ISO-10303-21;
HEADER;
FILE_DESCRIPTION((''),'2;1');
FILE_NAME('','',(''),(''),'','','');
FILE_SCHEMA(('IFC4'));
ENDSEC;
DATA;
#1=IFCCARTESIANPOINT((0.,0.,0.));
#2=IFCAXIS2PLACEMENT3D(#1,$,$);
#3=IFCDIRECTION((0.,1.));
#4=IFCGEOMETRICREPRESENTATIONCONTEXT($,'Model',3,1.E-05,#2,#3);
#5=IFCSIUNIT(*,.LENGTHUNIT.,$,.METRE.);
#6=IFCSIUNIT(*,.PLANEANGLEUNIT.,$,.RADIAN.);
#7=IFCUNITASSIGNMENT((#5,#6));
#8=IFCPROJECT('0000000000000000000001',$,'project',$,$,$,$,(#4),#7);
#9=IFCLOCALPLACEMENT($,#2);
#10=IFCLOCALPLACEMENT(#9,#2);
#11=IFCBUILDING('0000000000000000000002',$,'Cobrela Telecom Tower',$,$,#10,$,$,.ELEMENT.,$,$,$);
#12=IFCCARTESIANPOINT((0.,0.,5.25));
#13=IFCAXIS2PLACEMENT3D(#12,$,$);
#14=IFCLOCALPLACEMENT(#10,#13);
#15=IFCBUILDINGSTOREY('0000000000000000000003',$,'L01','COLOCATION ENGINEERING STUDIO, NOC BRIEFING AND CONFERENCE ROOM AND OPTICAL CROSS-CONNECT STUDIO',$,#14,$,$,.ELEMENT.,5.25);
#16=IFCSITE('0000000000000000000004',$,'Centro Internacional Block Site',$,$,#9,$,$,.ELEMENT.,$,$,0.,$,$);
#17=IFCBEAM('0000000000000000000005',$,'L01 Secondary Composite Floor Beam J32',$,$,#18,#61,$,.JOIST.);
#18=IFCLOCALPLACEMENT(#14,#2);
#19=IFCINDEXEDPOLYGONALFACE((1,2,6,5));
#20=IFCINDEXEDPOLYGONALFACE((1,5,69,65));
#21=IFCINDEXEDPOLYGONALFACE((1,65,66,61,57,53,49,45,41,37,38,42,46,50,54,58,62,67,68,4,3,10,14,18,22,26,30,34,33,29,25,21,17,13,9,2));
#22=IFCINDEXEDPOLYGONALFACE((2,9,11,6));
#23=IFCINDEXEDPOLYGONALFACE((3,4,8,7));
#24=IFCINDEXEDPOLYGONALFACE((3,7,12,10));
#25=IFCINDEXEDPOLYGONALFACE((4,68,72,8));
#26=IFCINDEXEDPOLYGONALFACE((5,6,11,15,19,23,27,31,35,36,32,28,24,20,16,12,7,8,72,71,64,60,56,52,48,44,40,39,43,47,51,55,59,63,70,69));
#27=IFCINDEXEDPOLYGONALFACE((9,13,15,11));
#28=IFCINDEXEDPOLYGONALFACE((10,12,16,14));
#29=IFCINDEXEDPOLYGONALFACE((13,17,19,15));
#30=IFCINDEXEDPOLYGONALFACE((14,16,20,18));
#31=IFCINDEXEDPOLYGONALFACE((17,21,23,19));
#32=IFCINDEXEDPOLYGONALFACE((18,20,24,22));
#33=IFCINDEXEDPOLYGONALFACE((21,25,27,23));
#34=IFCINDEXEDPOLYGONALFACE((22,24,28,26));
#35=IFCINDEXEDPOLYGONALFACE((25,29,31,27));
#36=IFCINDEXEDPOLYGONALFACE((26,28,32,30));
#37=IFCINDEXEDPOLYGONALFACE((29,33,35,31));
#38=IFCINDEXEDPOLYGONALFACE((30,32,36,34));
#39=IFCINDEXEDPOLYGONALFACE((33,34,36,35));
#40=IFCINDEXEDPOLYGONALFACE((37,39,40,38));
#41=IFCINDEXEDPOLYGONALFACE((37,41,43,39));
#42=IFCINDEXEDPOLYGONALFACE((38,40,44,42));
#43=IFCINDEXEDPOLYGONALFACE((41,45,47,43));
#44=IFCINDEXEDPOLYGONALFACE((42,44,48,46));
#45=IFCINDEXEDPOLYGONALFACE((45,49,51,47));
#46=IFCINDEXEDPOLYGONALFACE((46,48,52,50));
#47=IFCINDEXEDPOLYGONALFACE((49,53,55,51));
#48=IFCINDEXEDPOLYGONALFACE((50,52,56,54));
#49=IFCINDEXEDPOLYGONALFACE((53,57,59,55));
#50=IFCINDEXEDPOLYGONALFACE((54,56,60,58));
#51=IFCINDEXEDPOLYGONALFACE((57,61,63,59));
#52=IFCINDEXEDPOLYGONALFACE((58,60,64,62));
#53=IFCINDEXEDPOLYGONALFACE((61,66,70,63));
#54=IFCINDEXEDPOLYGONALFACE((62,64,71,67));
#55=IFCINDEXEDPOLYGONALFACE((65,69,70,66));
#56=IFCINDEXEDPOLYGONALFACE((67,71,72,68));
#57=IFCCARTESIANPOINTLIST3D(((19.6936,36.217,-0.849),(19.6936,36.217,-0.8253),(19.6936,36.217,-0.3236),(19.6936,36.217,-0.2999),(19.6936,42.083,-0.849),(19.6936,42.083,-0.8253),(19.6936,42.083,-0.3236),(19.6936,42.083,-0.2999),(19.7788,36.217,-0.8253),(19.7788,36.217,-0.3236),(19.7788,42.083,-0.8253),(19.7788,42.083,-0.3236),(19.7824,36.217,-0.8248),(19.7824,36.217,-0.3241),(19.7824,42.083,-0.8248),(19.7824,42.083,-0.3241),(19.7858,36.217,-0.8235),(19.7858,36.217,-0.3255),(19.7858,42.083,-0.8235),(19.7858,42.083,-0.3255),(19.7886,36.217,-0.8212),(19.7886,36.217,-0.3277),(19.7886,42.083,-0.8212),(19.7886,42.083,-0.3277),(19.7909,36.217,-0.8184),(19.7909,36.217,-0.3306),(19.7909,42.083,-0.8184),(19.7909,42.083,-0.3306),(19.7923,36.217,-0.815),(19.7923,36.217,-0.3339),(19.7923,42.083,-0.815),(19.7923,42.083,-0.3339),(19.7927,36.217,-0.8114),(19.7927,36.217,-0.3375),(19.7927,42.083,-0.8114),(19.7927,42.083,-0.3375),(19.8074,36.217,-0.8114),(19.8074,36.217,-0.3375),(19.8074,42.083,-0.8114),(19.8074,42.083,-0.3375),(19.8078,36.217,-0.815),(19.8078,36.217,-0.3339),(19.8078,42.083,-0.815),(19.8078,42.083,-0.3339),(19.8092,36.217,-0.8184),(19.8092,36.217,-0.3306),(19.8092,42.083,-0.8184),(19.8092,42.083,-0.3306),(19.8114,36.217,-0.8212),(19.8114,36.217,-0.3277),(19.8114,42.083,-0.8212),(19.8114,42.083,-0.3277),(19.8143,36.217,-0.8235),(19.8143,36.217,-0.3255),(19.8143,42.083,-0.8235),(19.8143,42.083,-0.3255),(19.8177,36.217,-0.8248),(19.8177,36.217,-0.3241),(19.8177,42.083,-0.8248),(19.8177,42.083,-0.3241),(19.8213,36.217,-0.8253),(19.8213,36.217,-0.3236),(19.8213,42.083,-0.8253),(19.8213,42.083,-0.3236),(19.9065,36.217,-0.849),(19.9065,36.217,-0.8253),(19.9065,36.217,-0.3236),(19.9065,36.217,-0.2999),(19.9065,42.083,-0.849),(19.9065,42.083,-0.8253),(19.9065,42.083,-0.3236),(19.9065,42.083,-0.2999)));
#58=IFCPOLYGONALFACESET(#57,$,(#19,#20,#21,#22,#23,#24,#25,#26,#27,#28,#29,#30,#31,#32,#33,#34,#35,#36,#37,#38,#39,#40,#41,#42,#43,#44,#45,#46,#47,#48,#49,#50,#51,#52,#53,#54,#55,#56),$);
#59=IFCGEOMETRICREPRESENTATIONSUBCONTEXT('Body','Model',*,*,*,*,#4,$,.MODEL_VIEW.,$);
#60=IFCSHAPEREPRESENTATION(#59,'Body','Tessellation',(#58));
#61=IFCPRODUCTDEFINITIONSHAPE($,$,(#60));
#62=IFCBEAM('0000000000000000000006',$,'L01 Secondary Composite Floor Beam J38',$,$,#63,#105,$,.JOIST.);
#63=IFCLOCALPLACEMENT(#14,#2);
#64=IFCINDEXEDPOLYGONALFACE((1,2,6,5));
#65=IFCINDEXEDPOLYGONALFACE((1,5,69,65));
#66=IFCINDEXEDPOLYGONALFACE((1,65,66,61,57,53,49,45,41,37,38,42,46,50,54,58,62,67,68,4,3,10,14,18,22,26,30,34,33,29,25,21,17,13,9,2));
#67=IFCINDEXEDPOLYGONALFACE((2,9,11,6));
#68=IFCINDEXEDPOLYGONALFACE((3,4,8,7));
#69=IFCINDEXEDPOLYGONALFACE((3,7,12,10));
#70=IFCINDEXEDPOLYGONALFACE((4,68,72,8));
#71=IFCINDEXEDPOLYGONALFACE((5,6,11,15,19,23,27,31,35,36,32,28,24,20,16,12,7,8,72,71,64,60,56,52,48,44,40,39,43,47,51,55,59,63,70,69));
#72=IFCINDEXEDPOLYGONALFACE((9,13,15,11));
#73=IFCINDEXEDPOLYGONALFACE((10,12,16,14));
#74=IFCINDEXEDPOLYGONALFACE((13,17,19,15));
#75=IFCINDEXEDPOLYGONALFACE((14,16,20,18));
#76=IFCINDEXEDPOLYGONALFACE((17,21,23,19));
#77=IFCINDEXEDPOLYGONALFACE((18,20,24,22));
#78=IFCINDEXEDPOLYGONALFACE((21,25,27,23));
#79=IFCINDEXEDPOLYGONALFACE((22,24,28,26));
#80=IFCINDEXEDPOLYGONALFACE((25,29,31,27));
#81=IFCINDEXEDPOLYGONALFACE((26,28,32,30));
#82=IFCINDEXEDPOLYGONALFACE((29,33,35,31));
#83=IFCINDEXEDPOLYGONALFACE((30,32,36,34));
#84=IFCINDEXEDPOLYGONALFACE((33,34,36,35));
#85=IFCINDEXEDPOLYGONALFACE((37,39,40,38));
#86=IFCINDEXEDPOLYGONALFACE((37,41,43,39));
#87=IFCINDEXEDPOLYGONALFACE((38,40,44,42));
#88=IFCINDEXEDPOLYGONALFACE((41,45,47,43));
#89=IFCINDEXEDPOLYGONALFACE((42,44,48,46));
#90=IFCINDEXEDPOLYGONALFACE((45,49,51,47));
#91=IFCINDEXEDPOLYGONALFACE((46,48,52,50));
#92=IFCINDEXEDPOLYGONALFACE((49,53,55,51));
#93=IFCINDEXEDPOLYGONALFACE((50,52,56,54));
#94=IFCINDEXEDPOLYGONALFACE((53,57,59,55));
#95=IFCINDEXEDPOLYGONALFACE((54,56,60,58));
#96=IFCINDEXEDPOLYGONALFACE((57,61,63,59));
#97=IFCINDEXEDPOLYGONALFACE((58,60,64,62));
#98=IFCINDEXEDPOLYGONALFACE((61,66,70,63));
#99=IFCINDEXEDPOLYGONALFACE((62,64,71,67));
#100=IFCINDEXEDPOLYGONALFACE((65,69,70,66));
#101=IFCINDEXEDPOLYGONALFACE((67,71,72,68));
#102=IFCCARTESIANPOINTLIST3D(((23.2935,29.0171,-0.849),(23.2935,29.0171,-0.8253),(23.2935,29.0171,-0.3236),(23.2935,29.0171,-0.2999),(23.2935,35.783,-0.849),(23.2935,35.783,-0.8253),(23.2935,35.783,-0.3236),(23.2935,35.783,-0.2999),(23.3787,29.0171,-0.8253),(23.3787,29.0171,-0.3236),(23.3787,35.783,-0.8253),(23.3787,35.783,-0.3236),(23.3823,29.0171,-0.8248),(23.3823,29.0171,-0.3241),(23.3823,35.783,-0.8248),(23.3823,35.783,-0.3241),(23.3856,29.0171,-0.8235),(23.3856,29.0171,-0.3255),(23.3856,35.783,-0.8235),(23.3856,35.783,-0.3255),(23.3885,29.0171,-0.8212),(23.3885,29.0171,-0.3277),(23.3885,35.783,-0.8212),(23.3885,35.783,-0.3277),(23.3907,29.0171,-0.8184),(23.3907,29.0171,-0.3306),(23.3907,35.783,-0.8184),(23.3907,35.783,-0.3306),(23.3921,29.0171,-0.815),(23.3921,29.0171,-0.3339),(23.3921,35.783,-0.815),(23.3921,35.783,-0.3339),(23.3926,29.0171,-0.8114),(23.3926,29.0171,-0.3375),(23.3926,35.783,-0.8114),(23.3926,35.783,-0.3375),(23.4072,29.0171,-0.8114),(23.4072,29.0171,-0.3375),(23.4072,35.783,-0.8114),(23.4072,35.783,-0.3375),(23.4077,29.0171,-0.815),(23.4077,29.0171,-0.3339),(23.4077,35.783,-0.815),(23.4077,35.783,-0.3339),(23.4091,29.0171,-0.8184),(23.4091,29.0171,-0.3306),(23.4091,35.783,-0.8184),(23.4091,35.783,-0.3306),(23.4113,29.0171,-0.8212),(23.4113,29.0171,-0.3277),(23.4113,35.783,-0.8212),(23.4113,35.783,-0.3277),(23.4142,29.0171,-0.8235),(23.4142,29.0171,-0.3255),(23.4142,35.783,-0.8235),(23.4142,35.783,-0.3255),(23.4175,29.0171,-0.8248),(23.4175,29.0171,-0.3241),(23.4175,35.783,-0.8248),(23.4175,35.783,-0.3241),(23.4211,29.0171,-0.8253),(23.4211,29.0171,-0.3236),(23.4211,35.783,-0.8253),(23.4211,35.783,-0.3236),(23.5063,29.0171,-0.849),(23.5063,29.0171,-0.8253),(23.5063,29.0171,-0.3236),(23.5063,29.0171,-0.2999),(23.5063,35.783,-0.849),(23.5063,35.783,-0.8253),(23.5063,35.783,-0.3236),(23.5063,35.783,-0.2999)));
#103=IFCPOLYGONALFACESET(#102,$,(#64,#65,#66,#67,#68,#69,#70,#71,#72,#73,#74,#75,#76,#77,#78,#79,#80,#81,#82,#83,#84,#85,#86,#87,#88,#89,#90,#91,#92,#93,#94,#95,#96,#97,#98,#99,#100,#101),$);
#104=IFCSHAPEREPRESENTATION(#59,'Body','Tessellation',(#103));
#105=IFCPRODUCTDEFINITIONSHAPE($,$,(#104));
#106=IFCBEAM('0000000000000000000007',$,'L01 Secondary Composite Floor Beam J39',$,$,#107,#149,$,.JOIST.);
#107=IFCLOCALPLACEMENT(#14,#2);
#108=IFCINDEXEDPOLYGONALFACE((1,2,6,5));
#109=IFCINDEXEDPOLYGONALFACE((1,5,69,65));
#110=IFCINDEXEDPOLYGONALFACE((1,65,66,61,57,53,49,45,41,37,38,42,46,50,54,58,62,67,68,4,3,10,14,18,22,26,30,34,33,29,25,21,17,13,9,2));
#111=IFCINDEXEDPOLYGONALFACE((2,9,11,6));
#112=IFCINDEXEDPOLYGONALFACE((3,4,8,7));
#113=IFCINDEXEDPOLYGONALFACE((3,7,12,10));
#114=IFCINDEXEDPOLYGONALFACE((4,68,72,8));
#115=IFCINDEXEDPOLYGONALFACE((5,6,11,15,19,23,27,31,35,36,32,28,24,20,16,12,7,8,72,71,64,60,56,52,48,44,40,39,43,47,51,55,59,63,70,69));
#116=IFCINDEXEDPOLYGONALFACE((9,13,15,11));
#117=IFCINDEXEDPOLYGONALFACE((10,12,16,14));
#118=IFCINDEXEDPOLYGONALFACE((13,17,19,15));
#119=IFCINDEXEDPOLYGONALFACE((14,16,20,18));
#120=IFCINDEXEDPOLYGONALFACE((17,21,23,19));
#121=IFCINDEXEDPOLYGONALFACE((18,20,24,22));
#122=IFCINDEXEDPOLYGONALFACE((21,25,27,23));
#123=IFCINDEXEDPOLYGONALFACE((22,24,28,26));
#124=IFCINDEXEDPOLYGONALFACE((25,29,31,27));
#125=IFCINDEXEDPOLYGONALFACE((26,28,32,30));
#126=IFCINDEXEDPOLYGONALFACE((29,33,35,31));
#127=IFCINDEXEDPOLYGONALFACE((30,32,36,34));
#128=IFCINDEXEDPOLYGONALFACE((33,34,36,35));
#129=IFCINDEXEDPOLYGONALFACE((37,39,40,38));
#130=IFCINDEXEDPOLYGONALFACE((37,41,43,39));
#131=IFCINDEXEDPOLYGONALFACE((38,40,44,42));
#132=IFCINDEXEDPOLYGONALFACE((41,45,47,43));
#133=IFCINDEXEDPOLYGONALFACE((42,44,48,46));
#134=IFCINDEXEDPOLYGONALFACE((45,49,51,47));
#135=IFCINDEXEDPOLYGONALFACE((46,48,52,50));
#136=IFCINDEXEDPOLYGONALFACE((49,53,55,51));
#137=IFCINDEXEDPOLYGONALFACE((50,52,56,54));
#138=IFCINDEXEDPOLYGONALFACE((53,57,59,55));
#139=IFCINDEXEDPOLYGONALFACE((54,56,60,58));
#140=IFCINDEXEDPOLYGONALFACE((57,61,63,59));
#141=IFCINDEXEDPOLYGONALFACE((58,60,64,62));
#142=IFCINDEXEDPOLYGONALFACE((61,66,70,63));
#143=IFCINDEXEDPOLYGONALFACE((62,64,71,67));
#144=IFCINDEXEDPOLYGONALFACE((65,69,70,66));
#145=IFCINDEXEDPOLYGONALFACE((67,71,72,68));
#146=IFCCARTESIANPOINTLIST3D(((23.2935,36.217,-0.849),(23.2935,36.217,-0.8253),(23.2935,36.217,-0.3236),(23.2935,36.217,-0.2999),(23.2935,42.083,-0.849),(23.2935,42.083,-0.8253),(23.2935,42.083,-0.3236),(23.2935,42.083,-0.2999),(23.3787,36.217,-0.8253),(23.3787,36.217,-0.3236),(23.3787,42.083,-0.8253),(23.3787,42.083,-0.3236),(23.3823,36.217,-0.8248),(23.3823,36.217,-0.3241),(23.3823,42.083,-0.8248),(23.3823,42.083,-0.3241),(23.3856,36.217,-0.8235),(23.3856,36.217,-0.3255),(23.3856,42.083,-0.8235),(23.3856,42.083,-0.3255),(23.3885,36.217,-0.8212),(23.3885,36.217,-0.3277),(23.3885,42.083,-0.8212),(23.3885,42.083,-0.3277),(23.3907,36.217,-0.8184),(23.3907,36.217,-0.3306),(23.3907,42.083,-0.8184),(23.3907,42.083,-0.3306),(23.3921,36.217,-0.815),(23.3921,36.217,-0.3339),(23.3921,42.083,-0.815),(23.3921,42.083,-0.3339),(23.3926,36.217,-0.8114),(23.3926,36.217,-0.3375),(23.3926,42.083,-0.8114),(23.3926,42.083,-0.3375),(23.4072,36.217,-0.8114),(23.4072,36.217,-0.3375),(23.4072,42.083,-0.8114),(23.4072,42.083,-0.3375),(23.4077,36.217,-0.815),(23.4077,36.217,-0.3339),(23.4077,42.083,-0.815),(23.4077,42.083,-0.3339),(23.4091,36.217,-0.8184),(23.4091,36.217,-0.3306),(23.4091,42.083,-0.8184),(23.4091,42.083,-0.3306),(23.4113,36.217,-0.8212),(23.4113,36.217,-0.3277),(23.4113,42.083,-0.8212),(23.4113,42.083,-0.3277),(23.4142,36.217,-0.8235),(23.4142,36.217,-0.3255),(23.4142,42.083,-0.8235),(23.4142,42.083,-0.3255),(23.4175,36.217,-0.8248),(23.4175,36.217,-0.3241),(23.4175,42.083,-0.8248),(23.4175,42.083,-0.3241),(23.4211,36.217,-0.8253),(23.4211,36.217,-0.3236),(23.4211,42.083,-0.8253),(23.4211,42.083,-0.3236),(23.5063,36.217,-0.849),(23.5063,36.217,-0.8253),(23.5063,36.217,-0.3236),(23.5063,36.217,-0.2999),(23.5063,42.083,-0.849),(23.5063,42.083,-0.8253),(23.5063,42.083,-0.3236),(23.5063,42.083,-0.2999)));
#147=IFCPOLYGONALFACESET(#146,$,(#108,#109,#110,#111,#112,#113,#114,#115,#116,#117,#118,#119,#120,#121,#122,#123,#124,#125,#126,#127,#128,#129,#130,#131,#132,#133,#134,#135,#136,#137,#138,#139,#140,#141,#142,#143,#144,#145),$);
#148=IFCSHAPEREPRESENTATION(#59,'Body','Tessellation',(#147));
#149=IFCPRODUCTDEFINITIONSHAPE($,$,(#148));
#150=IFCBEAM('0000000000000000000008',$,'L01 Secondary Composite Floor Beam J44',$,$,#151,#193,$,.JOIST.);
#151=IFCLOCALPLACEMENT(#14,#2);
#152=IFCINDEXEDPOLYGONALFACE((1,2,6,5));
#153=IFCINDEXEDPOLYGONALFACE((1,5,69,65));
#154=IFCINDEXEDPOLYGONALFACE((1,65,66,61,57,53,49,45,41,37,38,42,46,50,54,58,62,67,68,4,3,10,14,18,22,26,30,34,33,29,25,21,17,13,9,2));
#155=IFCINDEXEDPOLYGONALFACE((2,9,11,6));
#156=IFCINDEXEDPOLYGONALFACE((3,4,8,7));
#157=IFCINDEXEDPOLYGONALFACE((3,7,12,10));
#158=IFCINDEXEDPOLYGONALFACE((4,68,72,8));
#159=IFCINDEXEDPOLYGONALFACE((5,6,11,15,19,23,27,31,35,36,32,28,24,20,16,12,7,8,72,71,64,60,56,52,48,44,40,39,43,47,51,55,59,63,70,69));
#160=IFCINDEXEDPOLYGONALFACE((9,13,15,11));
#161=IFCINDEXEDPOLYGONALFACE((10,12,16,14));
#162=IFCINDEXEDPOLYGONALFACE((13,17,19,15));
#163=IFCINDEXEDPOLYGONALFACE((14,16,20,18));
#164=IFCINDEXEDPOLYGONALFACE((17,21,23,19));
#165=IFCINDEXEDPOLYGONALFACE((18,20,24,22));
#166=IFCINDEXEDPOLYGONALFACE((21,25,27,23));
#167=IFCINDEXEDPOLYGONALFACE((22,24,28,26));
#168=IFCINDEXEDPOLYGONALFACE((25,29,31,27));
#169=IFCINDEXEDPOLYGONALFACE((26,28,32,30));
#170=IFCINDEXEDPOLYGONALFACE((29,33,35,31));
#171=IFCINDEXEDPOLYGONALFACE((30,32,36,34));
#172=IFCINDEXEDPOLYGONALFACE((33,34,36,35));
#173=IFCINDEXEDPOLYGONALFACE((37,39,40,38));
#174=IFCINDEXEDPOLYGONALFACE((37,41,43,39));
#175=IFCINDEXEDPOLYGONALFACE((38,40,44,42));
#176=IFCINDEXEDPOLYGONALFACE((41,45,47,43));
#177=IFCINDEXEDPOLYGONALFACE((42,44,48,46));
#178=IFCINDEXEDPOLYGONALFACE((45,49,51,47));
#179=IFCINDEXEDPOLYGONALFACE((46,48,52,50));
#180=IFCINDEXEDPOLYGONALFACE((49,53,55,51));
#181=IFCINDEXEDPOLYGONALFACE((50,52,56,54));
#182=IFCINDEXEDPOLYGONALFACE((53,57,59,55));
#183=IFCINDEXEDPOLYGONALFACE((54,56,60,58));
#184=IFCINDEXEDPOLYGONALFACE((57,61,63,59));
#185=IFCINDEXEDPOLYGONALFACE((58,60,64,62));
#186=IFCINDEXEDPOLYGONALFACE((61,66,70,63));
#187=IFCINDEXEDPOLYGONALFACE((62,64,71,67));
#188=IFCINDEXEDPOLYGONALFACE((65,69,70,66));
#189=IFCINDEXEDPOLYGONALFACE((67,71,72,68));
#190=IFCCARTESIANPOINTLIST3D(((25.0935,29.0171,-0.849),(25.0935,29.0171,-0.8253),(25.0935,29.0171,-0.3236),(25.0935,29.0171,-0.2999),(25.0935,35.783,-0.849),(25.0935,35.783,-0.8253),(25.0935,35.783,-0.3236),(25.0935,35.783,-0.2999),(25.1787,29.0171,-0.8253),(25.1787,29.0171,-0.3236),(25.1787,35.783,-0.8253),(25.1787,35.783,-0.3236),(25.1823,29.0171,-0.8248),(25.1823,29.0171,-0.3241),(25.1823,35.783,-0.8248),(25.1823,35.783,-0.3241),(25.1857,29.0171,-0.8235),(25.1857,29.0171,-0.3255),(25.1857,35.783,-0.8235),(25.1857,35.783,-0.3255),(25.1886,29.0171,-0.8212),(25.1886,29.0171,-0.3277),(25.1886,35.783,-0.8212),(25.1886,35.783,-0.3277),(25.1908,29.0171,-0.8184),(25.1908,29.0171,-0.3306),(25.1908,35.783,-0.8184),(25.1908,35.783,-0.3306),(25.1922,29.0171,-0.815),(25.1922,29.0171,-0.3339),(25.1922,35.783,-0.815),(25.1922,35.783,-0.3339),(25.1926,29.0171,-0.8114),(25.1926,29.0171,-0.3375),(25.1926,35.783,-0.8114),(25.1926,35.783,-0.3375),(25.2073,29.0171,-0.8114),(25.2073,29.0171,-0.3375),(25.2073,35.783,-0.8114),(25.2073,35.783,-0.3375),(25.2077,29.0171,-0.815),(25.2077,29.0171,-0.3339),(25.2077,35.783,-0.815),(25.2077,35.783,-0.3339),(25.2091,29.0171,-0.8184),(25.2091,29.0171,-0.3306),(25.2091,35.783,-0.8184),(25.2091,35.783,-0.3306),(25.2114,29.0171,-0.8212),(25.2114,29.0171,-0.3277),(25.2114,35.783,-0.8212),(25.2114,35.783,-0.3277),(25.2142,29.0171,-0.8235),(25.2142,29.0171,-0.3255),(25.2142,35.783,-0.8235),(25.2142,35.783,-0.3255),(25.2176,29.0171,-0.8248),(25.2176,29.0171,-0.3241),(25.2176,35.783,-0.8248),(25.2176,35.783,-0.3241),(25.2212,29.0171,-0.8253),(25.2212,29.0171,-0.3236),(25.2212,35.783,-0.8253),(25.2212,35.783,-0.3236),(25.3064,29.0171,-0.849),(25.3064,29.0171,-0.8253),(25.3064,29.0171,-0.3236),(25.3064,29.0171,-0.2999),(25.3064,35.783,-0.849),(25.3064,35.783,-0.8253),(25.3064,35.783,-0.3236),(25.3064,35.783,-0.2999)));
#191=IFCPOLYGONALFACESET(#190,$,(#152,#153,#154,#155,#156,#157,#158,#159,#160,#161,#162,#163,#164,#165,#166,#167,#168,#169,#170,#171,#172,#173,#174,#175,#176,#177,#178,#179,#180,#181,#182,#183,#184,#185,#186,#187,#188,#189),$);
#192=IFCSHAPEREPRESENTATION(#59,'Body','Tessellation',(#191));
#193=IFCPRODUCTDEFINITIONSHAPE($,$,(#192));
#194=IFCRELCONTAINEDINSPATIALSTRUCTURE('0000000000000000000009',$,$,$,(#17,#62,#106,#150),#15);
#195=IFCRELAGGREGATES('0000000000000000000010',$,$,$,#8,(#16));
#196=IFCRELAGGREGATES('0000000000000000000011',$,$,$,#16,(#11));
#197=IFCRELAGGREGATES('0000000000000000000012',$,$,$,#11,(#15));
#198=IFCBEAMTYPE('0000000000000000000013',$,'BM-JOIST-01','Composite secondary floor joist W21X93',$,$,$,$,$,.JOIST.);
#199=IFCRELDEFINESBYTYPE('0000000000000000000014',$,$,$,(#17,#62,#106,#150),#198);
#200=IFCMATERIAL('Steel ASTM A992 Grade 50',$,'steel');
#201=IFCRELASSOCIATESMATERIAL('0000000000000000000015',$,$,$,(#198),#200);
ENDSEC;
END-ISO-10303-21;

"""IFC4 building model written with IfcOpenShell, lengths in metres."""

from ifc_helpers import new_model, si_unit, direction, frame, origin, origin_2d, place, context, subcontext, project, spatial, i_section, extrude, material, material_profile, profile_set, type_object, element, save


model = new_model("IFC4")

# Units and contexts
model_context = context("Model", 3, precision=1e-05, world=origin(), true_north=direction((0.0, 1.0)))
body_context = subcontext(model_context, "Body", "Model", "MODEL_VIEW")
ifc_project = project(units=[si_unit("LENGTHUNIT", "METRE"), si_unit("PLANEANGLEUNIT", "RADIAN")], contexts=[model_context])

# Site, building, storey
site_placement = place(None, origin())
site = spatial("IfcSite", under=ifc_project, at=site_placement, Name="Centro Internacional Block Site", CompositionType="ELEMENT", RefElevation=0.0)
building_placement = place(site_placement, origin())
building = spatial("IfcBuilding", under=site, at=building_placement, Name="Cobrela Telecom Tower", CompositionType="ELEMENT")
storey_placement = place(building_placement, frame((0.0, 0.0, 5.25)))
storey = spatial("IfcBuildingStorey", under=building, at=storey_placement, Name="L01", Description="COLOCATION ENGINEERING STUDIO, NOC BRIEFING AND CONFERENCE ROOM AND OPTICAL CROSS-CONNECT STUDIO", CompositionType="ELEMENT", Elevation=5.25)

# Beams
ifc_material_1 = material(Name="Steel ASTM A992 Grade 50", Category="steel")
ifc_material_profile_1 = material_profile(ifc_material_1, i_section(OverallWidth=0.2129, OverallDepth=0.5491, WebThickness=0.0146, FlangeThickness=0.0237, FilletRadius=0.0139, at=origin_2d()), Name="W21X93")
ifc_profile_set_1 = profile_set([ifc_material_profile_1], Name="Steel ASTM A992 Grade 50")
beam_type_1 = type_object("IfcBeamType", Name="BM-JOIST-01", Description="Composite secondary floor joist W21X93", PredefinedType="JOIST", material=ifc_profile_set_1)
beam_1_placement = place(storey_placement, frame((19.8, 36.217, -0.5745), z_axis=(0.0, 1.0, 0.0), x_axis=(-1.0, 0.0, 0.0)))
element("IfcBeam", 1, at=beam_1_placement, inside=storey, type_object=beam_type_1, Name="L01 Secondary Composite Floor Beam J32", PredefinedType="JOIST", context=body_context, shape_type="SweptSolid", body=[
    extrude(i_section(OverallWidth=0.2129, OverallDepth=0.5491, WebThickness=0.0146, FlangeThickness=0.0237, FilletRadius=0.0139, at=origin_2d()), origin(), (0.0, 0.0, 1.0), 5.866),
])
beam_2_placement = place(storey_placement, frame((23.3999, 29.0171, -0.5745), z_axis=(0.0, 1.0, 0.0), x_axis=(-1.0, 0.0, 0.0)))
element("IfcBeam", 2, at=beam_2_placement, inside=storey, type_object=beam_type_1, Name="L01 Secondary Composite Floor Beam J38", PredefinedType="JOIST", context=body_context, shape_type="SweptSolid", body=[
    extrude(i_section(OverallWidth=0.2129, OverallDepth=0.5491, WebThickness=0.0146, FlangeThickness=0.0237, FilletRadius=0.0139, at=origin_2d()), origin(), (0.0, 0.0, 1.0), 6.7659),
])
beam_3_placement = place(storey_placement, frame((23.3999, 36.217, -0.5745), z_axis=(0.0, 1.0, 0.0), x_axis=(-1.0, 0.0, 0.0)))
element("IfcBeam", 3, at=beam_3_placement, inside=storey, type_object=beam_type_1, Name="L01 Secondary Composite Floor Beam J39", PredefinedType="JOIST", context=body_context, shape_type="SweptSolid", body=[
    extrude(i_section(OverallWidth=0.2129, OverallDepth=0.5491, WebThickness=0.0146, FlangeThickness=0.0237, FilletRadius=0.0139, at=origin_2d()), origin(), (0.0, 0.0, 1.0), 5.866),
])
for number, where, z_axis, x_axis, name in (
    (4, (25.2, 29.0171, -0.5745), (0.0, 1.0, 0.0), (-1.0, 0.0, 0.0), "L01 Secondary Composite Floor Beam J44"),
):
    element("IfcBeam", number, at=place(storey_placement, frame(where, z_axis=z_axis, x_axis=x_axis)), inside=storey, type_object=beam_type_1, Name=name, PredefinedType="JOIST", context=body_context, shape_type="SweptSolid", body=[
        extrude(i_section(OverallWidth=0.2129, OverallDepth=0.5491, WebThickness=0.0146, FlangeThickness=0.0237, FilletRadius=0.0139, at=origin_2d()), origin(), (0.0, 0.0, 1.0), 6.7659),
    ])

save(model, "model.ifc")
